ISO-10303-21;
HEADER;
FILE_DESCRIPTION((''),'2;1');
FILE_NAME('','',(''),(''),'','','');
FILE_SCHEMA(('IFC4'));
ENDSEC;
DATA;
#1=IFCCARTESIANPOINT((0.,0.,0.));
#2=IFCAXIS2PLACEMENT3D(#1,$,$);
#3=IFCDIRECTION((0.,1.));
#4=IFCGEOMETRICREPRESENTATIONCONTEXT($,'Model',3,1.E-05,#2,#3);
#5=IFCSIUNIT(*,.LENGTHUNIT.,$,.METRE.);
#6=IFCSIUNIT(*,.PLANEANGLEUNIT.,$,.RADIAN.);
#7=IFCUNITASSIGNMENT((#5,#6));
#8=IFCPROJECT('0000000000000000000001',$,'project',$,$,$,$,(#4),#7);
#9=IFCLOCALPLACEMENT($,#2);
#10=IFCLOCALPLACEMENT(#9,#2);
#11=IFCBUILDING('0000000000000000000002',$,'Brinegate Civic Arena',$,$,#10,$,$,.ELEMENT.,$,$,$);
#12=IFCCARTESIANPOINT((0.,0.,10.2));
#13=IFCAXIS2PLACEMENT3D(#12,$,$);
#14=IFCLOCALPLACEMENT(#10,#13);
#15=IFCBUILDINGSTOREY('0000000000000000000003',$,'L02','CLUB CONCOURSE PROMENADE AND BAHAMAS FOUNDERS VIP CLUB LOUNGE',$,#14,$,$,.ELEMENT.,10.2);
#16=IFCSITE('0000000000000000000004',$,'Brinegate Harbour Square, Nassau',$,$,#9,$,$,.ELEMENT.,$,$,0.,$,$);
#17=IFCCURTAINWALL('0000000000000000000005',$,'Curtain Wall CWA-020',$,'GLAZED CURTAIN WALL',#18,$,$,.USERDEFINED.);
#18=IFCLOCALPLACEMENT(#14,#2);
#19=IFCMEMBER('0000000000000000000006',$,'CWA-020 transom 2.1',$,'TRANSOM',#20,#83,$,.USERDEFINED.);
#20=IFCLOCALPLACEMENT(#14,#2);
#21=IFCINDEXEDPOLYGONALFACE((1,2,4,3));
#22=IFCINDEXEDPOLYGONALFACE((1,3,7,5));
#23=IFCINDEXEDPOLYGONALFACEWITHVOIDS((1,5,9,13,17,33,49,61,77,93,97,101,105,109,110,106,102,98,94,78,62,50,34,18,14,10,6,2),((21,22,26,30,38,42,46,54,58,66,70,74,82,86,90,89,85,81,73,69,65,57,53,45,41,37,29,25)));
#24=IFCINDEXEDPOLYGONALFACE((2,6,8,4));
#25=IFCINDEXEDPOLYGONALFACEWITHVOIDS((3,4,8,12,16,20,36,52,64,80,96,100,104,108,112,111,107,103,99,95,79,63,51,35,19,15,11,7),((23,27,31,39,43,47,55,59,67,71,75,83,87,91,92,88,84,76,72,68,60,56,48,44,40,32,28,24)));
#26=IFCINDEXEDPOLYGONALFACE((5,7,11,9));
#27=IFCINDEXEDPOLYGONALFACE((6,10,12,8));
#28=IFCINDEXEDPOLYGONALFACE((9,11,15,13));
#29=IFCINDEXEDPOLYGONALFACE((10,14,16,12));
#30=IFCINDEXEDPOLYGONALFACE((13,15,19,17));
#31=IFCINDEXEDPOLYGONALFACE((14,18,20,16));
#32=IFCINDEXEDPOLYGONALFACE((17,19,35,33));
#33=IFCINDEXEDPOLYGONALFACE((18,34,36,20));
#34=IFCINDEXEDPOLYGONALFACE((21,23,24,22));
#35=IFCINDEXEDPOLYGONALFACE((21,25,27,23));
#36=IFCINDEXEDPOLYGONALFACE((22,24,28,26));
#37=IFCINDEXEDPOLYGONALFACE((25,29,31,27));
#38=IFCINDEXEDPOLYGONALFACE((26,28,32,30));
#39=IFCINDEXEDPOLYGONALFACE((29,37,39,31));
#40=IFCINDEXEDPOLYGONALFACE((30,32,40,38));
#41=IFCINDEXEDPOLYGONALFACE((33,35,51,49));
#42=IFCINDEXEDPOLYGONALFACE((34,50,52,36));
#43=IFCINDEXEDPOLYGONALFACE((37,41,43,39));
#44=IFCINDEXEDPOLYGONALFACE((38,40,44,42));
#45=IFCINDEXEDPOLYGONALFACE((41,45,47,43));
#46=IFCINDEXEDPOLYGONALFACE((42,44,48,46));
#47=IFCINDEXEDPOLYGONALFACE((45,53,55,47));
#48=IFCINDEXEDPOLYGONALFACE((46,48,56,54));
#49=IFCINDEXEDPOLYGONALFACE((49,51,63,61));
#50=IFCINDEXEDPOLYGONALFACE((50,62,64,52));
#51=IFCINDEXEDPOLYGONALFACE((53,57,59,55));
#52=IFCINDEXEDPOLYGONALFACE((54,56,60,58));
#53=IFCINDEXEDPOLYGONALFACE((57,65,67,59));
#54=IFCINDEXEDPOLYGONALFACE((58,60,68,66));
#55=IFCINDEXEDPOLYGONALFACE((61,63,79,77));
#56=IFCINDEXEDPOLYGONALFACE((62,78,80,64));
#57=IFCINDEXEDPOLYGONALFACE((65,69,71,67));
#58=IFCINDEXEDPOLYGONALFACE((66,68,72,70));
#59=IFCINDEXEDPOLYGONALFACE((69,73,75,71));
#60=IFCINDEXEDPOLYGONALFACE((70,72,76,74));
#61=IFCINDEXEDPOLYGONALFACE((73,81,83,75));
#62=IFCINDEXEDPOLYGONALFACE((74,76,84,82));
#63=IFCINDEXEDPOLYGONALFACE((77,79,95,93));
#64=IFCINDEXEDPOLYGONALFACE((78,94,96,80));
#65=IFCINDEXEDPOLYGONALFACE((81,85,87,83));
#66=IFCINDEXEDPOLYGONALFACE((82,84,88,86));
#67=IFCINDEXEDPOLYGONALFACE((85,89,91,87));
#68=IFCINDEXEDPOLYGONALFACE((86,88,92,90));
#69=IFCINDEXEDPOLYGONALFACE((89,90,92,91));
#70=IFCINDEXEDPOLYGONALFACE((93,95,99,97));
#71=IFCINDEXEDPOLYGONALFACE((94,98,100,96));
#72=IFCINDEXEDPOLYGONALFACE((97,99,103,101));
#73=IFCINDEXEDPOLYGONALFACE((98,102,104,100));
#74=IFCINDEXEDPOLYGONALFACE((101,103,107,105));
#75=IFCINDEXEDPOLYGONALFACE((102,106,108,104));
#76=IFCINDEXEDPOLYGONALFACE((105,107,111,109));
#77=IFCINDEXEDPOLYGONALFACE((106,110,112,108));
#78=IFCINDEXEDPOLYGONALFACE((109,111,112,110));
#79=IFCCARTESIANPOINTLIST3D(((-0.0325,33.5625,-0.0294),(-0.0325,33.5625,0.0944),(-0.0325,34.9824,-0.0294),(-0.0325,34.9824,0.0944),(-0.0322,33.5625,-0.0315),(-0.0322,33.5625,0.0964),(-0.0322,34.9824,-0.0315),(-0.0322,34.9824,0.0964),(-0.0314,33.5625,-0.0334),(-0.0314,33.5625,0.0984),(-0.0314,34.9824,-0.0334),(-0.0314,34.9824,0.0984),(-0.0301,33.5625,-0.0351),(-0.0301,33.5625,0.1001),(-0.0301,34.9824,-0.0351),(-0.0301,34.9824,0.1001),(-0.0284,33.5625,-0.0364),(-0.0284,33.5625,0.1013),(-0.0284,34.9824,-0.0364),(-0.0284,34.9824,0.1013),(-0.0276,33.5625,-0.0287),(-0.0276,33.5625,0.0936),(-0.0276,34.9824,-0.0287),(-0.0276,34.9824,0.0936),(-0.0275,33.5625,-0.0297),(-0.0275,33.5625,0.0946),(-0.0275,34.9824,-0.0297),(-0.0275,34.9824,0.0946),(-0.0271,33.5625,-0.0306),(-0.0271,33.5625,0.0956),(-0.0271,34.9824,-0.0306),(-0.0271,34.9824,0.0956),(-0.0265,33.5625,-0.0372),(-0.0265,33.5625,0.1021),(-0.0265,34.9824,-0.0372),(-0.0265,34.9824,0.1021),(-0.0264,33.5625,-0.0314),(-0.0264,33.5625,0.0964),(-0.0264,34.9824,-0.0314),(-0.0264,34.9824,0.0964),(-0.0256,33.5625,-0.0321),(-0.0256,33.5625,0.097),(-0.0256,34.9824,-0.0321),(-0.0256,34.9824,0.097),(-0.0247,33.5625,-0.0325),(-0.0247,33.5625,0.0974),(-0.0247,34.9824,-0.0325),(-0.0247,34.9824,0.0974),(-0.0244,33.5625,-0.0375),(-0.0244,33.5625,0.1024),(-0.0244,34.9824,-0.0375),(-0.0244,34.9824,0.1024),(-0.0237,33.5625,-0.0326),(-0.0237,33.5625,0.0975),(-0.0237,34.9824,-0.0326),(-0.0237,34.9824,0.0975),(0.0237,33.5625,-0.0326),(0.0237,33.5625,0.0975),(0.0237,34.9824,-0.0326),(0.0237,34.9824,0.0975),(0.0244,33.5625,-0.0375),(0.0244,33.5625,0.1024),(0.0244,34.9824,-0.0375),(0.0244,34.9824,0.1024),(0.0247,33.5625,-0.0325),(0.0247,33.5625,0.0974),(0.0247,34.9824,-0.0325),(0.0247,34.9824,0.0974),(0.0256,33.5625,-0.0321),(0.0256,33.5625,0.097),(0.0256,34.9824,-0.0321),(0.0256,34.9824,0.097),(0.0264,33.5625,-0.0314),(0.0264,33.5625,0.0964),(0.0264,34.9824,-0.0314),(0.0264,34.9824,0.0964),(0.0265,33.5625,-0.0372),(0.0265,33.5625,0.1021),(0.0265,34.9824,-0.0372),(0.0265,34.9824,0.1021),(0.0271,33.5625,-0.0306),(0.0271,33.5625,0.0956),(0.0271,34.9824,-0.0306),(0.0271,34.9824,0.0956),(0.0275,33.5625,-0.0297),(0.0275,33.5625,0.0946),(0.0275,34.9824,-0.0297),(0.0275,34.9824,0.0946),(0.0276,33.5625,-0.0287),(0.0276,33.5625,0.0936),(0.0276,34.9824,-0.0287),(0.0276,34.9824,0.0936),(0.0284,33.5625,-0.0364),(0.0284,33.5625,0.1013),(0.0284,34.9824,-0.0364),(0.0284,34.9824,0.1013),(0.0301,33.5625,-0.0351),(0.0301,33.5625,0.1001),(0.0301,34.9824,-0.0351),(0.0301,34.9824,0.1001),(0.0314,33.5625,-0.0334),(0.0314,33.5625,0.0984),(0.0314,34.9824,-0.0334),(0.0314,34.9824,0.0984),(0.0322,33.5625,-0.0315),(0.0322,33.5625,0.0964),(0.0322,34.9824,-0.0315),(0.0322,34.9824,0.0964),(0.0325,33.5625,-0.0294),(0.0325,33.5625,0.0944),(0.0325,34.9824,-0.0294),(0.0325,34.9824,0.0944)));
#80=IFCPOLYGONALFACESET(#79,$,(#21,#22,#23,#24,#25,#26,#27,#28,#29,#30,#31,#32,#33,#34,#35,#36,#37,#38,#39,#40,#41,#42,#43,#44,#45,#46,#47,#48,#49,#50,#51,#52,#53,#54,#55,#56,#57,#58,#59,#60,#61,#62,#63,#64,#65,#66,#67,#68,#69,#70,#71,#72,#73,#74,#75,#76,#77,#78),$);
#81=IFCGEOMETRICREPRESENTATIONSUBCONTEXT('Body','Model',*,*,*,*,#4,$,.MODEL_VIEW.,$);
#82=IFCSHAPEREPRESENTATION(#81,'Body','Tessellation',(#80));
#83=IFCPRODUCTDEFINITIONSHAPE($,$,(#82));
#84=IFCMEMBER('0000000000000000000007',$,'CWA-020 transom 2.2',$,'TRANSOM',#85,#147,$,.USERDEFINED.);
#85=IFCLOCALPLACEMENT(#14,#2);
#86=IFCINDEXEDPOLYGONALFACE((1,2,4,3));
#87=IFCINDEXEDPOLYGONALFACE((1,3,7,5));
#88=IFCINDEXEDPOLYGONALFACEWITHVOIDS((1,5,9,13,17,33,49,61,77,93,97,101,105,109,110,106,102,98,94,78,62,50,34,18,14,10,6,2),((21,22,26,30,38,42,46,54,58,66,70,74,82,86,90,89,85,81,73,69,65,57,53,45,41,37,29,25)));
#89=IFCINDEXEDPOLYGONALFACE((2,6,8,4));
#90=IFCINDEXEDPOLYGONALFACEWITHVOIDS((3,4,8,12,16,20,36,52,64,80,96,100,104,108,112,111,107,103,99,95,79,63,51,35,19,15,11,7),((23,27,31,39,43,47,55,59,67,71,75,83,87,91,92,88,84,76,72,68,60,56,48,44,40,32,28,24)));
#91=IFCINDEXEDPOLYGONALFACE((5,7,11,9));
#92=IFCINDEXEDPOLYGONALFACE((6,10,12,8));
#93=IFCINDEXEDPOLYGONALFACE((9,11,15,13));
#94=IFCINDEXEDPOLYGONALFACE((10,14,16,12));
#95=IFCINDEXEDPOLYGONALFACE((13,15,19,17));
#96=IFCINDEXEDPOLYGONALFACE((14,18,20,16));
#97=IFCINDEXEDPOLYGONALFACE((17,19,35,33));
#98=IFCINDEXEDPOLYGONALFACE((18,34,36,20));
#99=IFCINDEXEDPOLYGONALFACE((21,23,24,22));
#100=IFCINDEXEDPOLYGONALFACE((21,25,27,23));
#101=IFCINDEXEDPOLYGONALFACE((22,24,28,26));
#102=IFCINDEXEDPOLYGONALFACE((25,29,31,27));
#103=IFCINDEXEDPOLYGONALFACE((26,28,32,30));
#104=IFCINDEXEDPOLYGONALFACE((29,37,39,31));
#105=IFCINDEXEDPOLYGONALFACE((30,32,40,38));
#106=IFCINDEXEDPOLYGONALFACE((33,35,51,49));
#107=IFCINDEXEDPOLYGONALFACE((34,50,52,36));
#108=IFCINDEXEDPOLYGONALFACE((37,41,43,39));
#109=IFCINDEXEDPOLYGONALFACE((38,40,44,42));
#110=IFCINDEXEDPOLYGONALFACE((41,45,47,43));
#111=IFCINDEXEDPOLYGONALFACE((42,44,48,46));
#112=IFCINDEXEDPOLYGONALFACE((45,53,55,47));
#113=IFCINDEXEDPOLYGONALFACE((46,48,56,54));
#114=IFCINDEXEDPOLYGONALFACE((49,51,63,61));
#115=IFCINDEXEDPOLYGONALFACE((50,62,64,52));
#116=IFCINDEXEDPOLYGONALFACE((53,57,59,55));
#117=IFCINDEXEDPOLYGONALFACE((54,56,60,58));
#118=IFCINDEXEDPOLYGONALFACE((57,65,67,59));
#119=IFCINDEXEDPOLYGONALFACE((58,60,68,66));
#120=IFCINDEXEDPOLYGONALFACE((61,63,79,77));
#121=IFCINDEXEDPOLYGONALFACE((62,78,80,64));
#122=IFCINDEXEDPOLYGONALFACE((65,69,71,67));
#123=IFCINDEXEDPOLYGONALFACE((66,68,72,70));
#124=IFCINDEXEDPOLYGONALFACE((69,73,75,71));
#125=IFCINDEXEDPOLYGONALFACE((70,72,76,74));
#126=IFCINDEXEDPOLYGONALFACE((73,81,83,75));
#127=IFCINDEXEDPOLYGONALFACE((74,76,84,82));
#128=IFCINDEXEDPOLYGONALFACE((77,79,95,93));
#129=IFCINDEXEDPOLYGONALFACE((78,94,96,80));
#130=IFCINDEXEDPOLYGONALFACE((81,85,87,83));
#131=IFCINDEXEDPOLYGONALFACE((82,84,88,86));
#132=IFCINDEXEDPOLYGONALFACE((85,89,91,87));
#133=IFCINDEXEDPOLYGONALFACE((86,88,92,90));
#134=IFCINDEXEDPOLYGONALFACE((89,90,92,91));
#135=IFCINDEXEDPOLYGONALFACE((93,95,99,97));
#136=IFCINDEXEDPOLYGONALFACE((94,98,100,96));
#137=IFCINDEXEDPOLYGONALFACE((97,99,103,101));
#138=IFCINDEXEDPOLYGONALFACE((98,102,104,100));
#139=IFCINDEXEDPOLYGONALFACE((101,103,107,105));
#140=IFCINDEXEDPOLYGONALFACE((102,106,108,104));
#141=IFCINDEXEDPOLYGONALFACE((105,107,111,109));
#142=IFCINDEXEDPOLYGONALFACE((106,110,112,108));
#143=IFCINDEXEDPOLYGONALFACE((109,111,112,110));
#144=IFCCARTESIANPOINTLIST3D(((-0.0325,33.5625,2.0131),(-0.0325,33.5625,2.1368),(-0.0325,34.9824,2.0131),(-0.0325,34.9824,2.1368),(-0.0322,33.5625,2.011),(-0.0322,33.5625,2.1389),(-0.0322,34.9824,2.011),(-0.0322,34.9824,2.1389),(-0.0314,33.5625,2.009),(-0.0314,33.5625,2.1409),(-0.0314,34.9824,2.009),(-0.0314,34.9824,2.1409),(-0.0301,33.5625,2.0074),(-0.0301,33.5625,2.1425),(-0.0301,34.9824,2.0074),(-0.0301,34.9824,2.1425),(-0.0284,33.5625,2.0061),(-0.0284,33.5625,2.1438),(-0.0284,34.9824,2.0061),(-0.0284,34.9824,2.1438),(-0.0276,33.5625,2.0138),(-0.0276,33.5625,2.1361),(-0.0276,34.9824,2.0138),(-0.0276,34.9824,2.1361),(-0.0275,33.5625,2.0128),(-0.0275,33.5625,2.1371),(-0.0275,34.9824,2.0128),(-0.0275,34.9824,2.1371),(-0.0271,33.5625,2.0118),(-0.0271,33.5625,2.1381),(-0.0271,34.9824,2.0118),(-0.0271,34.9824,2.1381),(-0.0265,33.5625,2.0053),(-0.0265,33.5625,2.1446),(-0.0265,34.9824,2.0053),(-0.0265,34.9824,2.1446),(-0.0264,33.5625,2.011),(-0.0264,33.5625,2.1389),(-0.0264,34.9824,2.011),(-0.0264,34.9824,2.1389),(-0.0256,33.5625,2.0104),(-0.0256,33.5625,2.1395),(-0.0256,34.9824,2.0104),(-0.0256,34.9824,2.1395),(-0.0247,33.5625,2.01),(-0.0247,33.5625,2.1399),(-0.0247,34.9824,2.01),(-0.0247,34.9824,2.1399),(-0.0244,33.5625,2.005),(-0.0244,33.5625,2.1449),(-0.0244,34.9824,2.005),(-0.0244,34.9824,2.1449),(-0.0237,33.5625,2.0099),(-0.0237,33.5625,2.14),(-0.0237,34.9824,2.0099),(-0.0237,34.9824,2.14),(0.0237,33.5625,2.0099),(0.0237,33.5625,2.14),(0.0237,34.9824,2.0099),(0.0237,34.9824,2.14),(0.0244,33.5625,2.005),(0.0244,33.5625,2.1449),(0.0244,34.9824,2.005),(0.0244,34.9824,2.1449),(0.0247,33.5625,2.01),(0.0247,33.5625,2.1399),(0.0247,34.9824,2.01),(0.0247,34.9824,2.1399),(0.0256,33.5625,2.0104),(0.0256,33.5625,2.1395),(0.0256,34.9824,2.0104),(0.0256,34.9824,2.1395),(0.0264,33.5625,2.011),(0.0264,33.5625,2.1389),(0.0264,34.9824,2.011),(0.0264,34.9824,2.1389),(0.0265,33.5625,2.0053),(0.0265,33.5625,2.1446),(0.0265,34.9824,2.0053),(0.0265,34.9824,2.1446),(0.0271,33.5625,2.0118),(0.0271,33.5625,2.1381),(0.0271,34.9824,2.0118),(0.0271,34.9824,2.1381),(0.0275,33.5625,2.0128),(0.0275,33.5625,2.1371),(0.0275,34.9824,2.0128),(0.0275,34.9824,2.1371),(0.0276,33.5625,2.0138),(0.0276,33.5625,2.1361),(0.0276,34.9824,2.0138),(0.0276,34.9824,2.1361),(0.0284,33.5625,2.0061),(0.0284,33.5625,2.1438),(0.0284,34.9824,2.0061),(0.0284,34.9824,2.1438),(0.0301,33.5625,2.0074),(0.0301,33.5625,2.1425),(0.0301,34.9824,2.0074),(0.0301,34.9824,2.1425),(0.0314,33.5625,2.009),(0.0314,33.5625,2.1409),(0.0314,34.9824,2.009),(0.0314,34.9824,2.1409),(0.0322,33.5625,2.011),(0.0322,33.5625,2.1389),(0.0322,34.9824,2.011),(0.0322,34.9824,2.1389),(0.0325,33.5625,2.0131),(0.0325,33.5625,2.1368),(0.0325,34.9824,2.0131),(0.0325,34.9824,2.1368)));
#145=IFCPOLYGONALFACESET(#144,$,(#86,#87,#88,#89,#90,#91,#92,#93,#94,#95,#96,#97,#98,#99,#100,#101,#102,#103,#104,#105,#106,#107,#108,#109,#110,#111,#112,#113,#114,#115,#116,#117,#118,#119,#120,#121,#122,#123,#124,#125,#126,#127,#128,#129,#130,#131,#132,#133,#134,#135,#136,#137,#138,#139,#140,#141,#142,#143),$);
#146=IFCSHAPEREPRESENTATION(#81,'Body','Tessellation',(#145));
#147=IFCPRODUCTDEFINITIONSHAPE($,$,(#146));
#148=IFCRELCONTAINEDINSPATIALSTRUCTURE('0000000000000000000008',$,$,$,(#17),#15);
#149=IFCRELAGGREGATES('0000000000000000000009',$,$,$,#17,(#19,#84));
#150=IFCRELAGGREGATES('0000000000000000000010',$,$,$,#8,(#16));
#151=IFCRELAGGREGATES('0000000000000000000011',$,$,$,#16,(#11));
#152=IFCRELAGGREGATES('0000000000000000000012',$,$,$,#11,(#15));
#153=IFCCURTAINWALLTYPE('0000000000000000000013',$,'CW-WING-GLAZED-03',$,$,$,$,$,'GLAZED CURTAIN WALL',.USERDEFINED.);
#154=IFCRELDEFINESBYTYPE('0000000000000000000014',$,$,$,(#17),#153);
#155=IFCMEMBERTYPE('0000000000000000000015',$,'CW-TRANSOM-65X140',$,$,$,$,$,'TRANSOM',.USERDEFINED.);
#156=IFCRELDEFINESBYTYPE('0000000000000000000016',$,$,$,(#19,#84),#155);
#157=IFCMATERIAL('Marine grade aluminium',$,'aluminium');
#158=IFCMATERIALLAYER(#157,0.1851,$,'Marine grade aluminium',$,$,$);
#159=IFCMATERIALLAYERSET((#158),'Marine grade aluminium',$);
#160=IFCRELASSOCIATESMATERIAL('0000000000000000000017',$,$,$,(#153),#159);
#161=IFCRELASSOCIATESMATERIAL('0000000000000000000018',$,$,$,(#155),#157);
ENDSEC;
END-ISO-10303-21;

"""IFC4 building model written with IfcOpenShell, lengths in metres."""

from ifc_helpers import new_model, si_unit, direction, frame, origin, origin_2d, place, context, subcontext, project, spatial, hollow_rectangle, extrude, material, layer, layer_set, material_profile, profile_set, type_object, element, aggregate, save


model = new_model("IFC4")

# Units and contexts
model_context = context("Model", 3, precision=1e-05, world=origin(), true_north=direction((0.0, 1.0)))
body_context = subcontext(model_context, "Body", "Model", "MODEL_VIEW")
ifc_project = project(units=[si_unit("LENGTHUNIT", "METRE"), si_unit("PLANEANGLEUNIT", "RADIAN")], contexts=[model_context])

# Site, building, storey
site_placement = place(None, origin())
site = spatial("IfcSite", under=ifc_project, at=site_placement, Name="Brinegate Harbour Square, Nassau", CompositionType="ELEMENT", RefElevation=0.0)
building_placement = place(site_placement, origin())
building = spatial("IfcBuilding", under=site, at=building_placement, Name="Brinegate Civic Arena", CompositionType="ELEMENT")
storey_placement = place(building_placement, frame((0.0, 0.0, 10.2)))
storey = spatial("IfcBuildingStorey", under=building, at=storey_placement, Name="L02", Description="CLUB CONCOURSE PROMENADE AND BAHAMAS FOUNDERS VIP CLUB LOUNGE", CompositionType="ELEMENT", Elevation=10.2)

# Curtain wall, members
ifc_material_1 = material(Name="Marine grade aluminium", Category="aluminium")
ifc_layer_1 = layer(ifc_material_1, 0.1851, Name="Marine grade aluminium")
ifc_layer_set_1 = layer_set([ifc_layer_1], Name="Marine grade aluminium")
curtain_wall_type = type_object("IfcCurtainWallType", Name="CW-WING-GLAZED-03", ElementType="GLAZED CURTAIN WALL", PredefinedType="USERDEFINED", material=ifc_layer_set_1)
curtain_wall_placement = place(storey_placement, origin())
curtain_wall = element("IfcCurtainWall", 1, at=curtain_wall_placement, inside=storey, type_object=curtain_wall_type, Name="Curtain Wall CWA-020", ObjectType="GLAZED CURTAIN WALL", PredefinedType="USERDEFINED")
ifc_material_profile_1 = material_profile(ifc_material_1, hollow_rectangle(XDim=0.0649, YDim=0.1399, WallThickness=0.0049, InnerFilletRadius=0.0039, OuterFilletRadius=0.0081, at=origin_2d()), Name="TRN65X140")
ifc_profile_set_1 = profile_set([ifc_material_profile_1], Name="Marine grade aluminium")
member_type_1 = type_object("IfcMemberType", Name="CW-TRANSOM-65X140", ElementType="TRANSOM", PredefinedType="USERDEFINED", material=ifc_profile_set_1)
member_1_placement = place(storey_placement, frame((0.0, 33.5625, 0.0325), z_axis=(0.0, 1.0, 0.0), x_axis=(-1.0, 0.0, 0.0)))
member_1 = element("IfcMember", 2, at=member_1_placement, type_object=member_type_1, Name="CWA-020 transom 2.1", ObjectType="TRANSOM", PredefinedType="USERDEFINED", context=body_context, shape_type="SweptSolid", body=[
    extrude(hollow_rectangle(XDim=0.0649, YDim=0.1399, WallThickness=0.0049, InnerFilletRadius=0.0039, OuterFilletRadius=0.0081, at=origin_2d()), origin(), (0.0, 0.0, 1.0), 1.4199),
])
member_2_placement = place(storey_placement, frame((0.0, 33.5625, 2.075), z_axis=(0.0, 1.0, 0.0), x_axis=(-1.0, 0.0, 0.0)))
member_2 = element("IfcMember", 3, at=member_2_placement, type_object=member_type_1, Name="CWA-020 transom 2.2", ObjectType="TRANSOM", PredefinedType="USERDEFINED", context=body_context, shape_type="SweptSolid", body=[
    extrude(hollow_rectangle(XDim=0.0649, YDim=0.1399, WallThickness=0.0049, InnerFilletRadius=0.0039, OuterFilletRadius=0.0081, at=origin_2d()), origin(), (0.0, 0.0, 1.0), 1.4199),
])

aggregate(curtain_wall, [member_1, member_2])

save(model, "model.ifc")
